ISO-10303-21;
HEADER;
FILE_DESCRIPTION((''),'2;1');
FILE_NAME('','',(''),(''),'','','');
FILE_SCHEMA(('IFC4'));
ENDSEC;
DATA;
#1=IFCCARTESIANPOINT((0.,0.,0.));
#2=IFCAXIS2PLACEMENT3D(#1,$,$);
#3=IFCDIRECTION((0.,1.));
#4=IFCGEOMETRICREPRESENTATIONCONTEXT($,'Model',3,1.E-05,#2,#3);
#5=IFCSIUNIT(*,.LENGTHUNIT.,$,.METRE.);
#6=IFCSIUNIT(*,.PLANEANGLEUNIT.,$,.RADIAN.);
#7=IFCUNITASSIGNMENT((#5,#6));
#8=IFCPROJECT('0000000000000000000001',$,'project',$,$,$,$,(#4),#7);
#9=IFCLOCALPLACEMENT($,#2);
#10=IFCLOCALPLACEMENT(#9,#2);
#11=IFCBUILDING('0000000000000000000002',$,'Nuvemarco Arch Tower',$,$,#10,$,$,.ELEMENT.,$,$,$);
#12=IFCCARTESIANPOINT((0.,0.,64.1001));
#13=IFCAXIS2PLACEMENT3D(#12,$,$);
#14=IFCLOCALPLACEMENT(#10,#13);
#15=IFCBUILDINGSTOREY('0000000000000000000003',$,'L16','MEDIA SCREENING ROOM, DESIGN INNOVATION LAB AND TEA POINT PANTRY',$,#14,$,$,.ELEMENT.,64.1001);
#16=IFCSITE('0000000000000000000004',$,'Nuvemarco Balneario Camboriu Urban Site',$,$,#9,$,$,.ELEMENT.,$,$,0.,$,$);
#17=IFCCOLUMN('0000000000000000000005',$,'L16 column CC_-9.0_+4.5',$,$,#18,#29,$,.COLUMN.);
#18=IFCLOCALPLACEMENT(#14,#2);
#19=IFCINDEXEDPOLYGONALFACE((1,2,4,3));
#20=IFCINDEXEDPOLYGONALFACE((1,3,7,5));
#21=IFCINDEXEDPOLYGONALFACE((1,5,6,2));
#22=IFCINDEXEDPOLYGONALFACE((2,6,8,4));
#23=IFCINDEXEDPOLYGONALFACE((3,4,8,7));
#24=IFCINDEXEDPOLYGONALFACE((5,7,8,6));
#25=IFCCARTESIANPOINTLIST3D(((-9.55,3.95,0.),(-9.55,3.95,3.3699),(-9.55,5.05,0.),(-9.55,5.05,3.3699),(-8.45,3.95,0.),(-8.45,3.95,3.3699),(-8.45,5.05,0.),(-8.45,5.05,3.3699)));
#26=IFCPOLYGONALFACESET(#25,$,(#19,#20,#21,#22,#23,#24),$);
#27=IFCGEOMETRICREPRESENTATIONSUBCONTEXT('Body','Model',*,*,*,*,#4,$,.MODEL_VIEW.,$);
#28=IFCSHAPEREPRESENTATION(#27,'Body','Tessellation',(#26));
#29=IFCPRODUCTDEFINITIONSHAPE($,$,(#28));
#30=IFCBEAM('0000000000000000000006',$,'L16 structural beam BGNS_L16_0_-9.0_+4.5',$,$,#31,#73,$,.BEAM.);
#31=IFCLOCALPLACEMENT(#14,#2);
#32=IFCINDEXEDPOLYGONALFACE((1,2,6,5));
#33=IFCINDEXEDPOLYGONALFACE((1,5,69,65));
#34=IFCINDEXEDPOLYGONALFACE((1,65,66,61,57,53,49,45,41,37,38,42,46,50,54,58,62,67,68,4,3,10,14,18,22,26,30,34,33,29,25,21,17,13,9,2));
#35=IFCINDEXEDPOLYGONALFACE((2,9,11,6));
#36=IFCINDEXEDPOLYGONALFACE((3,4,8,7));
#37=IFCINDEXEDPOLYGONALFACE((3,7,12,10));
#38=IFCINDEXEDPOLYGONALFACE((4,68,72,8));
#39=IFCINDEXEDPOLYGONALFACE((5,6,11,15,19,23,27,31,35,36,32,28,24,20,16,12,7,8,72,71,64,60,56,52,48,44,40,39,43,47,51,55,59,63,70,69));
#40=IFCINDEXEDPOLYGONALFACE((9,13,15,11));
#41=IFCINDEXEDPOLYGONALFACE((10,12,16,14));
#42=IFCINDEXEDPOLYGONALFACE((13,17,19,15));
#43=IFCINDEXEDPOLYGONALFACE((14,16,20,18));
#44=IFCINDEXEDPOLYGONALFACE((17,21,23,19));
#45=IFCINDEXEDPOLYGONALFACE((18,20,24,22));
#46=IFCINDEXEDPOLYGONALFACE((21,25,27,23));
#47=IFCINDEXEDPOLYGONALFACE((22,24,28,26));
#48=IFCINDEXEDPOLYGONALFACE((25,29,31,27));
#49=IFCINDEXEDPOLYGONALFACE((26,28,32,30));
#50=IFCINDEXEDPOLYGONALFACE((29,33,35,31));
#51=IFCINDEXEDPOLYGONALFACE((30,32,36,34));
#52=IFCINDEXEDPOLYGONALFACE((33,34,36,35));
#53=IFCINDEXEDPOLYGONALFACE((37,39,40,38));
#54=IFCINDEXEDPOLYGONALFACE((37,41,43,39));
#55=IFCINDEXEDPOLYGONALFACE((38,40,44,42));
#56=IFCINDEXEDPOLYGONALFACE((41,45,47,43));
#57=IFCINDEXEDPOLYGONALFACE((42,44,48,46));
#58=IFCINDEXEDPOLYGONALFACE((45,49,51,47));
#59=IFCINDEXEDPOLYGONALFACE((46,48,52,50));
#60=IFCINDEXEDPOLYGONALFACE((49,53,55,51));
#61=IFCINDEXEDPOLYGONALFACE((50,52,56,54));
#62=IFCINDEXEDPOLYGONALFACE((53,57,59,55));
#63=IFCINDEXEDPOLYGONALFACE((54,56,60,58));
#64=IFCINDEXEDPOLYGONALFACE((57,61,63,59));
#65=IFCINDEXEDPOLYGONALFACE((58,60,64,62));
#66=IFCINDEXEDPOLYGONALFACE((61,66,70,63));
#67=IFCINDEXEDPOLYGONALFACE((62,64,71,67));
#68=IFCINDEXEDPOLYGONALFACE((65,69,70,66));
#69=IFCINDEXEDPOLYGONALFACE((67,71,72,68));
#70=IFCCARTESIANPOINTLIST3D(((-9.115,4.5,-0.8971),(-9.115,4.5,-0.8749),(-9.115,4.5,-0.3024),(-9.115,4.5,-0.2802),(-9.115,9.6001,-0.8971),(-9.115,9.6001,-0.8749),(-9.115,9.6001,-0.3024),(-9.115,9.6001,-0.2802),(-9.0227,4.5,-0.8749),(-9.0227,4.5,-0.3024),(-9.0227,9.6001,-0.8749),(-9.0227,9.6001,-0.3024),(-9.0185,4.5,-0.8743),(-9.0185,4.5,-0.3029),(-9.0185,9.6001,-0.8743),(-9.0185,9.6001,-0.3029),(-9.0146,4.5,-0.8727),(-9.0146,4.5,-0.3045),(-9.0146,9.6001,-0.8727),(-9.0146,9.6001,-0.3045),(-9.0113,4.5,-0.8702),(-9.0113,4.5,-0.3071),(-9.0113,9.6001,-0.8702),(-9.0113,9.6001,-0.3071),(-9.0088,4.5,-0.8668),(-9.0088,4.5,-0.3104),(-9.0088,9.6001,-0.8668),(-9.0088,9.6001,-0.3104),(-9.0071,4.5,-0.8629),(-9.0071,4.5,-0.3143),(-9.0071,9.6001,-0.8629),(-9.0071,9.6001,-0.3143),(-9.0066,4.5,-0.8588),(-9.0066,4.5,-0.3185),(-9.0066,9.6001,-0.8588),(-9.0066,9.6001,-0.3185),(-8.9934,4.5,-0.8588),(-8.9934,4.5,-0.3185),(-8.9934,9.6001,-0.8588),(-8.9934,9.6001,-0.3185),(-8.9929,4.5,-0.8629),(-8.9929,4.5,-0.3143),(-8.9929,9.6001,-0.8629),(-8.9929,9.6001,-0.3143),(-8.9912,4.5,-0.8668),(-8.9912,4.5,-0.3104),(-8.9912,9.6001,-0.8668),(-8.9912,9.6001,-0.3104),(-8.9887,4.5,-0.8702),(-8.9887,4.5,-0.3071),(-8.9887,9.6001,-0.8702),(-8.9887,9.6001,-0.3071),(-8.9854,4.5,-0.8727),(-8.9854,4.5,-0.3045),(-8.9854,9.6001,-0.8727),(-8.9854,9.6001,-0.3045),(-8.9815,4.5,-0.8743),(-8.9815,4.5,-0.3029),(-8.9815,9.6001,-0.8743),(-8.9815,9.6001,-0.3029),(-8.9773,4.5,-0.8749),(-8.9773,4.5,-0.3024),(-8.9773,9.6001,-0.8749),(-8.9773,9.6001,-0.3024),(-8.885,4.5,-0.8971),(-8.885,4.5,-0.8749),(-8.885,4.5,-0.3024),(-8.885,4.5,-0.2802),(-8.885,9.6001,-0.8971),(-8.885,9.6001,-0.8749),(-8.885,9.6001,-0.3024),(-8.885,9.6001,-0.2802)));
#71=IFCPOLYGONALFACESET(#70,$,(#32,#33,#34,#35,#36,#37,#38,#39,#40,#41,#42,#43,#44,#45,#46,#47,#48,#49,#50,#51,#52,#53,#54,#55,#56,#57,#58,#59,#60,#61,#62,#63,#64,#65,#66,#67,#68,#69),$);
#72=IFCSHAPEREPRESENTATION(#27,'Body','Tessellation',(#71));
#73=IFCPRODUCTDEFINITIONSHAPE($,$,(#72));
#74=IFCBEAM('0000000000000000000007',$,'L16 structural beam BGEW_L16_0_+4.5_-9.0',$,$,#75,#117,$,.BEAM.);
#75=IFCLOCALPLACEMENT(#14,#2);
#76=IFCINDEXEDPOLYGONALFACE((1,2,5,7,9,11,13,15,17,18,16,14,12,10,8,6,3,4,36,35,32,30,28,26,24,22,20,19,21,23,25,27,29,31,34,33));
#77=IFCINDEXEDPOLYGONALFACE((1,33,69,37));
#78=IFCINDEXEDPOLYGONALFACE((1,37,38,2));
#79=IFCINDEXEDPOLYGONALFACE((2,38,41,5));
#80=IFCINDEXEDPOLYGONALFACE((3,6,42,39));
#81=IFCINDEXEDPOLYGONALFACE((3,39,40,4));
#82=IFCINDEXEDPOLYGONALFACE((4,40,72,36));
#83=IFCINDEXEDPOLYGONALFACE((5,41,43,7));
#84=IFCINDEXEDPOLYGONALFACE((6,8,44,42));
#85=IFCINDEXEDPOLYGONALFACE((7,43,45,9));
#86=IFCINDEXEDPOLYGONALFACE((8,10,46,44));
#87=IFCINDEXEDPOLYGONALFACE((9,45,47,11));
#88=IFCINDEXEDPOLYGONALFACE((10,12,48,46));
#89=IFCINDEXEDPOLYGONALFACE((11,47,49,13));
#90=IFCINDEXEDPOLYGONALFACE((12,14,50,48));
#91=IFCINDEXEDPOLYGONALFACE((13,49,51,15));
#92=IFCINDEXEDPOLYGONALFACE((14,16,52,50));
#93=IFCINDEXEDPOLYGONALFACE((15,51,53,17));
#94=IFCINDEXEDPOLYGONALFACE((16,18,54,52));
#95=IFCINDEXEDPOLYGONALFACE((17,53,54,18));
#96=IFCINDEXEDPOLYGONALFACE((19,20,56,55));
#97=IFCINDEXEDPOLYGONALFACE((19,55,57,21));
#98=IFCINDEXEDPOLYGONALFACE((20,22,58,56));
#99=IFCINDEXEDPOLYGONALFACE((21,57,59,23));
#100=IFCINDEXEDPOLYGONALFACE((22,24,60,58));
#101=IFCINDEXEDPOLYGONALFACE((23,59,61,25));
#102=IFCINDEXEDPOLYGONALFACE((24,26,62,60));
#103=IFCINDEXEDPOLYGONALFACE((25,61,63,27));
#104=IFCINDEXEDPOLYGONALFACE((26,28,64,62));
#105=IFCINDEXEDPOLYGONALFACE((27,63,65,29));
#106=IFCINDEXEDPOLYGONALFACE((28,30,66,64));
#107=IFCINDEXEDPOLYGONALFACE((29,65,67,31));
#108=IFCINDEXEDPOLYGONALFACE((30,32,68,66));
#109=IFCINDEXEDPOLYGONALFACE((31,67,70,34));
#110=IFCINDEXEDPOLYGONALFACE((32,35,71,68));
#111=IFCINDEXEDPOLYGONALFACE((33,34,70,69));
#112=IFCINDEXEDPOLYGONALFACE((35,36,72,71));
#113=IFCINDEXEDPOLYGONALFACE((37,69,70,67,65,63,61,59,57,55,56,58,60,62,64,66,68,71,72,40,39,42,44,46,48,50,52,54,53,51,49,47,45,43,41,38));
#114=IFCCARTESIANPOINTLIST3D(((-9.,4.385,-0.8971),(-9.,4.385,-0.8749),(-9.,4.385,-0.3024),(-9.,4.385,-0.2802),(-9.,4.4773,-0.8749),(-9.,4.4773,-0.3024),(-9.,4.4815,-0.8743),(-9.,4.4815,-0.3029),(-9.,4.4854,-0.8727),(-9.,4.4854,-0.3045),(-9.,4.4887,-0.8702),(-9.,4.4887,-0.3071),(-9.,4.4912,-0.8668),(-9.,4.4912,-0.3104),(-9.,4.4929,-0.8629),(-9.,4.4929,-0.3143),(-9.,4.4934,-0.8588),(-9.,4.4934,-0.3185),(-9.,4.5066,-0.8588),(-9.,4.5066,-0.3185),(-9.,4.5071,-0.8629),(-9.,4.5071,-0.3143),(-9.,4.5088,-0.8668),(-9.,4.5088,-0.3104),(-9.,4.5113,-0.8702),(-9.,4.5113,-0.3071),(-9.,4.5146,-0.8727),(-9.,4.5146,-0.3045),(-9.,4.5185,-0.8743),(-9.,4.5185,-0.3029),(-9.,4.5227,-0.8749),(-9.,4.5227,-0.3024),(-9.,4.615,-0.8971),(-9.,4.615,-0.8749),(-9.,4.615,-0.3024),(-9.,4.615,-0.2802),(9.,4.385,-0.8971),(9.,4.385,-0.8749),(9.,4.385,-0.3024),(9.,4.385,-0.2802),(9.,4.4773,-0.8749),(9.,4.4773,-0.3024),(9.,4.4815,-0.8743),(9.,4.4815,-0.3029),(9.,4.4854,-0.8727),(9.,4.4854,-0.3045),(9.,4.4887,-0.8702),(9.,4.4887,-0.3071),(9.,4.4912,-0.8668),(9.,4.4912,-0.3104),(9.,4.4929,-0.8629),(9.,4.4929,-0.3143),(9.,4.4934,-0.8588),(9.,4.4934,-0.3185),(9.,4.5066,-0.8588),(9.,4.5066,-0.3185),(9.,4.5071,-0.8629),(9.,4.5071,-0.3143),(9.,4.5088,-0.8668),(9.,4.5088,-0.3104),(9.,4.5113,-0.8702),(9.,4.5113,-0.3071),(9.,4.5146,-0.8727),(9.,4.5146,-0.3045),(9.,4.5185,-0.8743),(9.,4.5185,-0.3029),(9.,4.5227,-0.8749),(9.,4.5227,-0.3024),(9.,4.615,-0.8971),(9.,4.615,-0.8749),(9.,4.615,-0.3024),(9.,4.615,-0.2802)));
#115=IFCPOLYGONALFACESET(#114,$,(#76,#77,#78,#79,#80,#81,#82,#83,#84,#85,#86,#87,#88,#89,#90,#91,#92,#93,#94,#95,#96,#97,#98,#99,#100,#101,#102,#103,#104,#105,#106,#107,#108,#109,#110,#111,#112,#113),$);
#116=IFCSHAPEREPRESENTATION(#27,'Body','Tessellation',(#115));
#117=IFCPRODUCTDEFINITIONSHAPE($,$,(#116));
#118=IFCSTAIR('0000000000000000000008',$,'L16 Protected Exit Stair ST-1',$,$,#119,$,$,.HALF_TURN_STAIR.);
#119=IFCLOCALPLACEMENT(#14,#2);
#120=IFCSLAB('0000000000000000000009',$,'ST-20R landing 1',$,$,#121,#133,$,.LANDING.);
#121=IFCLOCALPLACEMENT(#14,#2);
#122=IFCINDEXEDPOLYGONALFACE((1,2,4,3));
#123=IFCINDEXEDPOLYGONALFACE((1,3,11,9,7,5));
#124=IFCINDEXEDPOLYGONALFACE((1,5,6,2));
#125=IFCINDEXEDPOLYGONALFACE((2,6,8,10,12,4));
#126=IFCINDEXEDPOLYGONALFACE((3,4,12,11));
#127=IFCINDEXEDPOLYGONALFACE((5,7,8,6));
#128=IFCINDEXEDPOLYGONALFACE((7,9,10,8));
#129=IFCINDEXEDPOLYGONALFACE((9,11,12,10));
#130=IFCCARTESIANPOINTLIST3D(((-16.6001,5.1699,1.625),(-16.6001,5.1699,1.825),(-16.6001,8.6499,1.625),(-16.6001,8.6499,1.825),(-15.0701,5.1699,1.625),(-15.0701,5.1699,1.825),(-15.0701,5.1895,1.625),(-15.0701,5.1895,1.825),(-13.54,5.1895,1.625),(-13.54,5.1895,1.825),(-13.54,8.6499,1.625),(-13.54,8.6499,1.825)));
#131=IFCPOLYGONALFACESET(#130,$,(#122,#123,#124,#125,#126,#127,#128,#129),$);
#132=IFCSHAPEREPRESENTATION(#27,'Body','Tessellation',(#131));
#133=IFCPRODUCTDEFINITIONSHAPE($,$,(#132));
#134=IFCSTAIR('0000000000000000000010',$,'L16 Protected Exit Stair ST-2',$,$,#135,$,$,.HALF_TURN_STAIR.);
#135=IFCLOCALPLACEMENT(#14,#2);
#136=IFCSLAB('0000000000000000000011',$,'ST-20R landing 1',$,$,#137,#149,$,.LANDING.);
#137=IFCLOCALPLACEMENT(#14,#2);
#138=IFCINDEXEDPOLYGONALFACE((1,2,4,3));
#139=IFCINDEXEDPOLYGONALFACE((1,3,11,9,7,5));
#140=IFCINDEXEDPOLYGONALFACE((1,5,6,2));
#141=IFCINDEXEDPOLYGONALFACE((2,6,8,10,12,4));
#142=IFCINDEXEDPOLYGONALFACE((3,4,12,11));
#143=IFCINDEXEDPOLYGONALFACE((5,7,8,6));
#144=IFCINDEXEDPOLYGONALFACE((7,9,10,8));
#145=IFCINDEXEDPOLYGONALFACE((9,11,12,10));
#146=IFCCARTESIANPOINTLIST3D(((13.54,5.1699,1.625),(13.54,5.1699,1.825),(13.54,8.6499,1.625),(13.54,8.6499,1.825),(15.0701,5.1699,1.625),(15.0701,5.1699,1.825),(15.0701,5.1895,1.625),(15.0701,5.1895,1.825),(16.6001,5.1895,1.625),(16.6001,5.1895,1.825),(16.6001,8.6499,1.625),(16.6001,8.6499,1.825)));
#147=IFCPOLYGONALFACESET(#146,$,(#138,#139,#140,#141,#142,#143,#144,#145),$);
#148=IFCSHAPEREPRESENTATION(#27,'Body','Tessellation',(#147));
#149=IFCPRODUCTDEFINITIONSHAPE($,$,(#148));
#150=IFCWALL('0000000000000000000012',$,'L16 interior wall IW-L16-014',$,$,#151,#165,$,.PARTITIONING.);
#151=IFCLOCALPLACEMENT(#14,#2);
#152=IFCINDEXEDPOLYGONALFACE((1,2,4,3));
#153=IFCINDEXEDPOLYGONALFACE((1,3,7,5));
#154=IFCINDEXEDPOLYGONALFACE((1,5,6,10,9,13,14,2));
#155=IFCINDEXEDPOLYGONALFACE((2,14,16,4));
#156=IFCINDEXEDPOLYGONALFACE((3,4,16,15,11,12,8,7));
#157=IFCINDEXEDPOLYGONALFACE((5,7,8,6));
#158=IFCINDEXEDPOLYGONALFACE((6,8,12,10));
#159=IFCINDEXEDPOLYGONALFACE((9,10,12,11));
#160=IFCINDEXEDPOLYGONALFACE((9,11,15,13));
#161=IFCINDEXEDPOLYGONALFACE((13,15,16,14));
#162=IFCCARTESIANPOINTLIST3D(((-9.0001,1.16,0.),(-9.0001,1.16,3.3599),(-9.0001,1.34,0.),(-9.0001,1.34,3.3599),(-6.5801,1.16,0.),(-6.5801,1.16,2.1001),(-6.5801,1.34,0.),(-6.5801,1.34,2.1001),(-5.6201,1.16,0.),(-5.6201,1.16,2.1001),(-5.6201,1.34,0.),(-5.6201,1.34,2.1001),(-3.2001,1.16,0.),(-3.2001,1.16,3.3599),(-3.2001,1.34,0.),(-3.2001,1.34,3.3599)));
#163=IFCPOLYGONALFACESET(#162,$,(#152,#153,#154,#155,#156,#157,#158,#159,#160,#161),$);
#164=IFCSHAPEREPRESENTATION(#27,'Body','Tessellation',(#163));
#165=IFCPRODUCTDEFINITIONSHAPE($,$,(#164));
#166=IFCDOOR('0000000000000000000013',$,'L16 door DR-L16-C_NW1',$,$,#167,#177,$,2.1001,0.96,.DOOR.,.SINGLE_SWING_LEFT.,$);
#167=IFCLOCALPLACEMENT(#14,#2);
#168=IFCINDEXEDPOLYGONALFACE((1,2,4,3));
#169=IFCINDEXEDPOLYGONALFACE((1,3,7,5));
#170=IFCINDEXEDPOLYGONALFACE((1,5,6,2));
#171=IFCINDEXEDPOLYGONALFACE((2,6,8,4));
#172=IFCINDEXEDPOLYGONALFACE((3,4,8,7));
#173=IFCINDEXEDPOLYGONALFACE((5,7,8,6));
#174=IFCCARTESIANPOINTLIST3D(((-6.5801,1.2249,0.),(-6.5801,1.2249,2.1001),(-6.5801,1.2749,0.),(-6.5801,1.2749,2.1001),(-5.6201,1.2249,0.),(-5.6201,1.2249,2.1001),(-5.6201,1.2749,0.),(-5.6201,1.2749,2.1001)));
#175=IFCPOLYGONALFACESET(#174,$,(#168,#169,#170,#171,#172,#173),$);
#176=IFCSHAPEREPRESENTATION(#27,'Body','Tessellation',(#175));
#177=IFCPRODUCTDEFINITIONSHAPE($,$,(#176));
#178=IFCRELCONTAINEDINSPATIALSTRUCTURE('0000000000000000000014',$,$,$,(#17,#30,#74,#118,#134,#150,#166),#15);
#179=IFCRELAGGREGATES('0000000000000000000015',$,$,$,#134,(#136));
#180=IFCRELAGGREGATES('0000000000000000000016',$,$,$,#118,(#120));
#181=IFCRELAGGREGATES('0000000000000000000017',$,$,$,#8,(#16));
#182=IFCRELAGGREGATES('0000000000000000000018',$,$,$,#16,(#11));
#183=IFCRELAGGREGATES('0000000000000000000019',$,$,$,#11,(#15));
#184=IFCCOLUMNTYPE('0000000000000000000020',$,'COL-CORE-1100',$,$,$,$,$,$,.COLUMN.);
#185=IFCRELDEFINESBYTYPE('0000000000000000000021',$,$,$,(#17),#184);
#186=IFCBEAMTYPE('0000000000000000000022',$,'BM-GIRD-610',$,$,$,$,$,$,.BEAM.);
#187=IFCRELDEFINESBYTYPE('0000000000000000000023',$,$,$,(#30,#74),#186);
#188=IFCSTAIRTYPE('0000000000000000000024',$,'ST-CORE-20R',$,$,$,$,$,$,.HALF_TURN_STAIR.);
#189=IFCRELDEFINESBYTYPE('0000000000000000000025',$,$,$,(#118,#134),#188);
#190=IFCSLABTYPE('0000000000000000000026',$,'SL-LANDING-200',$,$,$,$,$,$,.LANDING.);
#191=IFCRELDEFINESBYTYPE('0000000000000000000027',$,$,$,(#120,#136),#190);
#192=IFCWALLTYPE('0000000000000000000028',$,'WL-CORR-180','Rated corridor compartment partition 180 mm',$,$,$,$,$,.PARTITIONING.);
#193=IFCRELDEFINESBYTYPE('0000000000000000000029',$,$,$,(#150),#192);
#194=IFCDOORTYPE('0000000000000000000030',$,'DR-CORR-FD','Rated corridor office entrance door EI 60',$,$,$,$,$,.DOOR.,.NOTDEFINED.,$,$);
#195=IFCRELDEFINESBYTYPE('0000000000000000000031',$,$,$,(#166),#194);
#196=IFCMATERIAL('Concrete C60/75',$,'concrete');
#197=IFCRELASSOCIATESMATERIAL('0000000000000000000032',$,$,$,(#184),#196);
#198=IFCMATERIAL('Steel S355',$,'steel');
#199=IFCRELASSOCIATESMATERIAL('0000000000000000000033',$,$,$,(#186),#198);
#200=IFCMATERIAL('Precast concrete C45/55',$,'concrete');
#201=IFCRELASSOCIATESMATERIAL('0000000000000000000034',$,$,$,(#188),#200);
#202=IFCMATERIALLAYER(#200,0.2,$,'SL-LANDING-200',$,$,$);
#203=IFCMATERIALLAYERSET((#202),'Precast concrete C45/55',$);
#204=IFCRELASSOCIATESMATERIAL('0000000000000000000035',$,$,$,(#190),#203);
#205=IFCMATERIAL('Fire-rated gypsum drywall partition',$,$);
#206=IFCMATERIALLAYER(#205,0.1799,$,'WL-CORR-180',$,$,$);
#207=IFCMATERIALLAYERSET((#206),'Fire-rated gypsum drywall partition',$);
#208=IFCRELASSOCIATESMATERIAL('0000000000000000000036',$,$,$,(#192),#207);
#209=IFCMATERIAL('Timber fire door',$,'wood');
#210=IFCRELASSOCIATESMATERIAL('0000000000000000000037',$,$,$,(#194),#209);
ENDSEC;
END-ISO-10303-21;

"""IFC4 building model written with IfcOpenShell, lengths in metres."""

from ifc_helpers import new_model, si_unit, direction, frame, frame_2d, origin, origin_2d, place, context, subcontext, project, spatial, polyline, rectangle, i_section, outline, extrude, source, transform, mapped, material, layer, layer_set, material_profile, profile_set, type_object, type_shapes, element, fill, aggregate, save


model = new_model("IFC4")

# Units and contexts
model_context = context("Model", 3, precision=1e-05, world=origin(), true_north=direction((0.0, 1.0)))
body_context = subcontext(model_context, "Body", "Model", "MODEL_VIEW")
ifc_project = project(units=[si_unit("LENGTHUNIT", "METRE"), si_unit("PLANEANGLEUNIT", "RADIAN")], contexts=[model_context])

# Site, building, storey
site_placement = place(None, origin())
site = spatial("IfcSite", under=ifc_project, at=site_placement, Name="Nuvemarco Balneario Camboriu Urban Site", CompositionType="ELEMENT", RefElevation=0.0)
building_placement = place(site_placement, origin())
building = spatial("IfcBuilding", under=site, at=building_placement, Name="Nuvemarco Arch Tower", CompositionType="ELEMENT")
storey_placement = place(building_placement, frame((0.0, 0.0, 64.1001)))
storey = spatial("IfcBuildingStorey", under=building, at=storey_placement, Name="L16", Description="MEDIA SCREENING ROOM, DESIGN INNOVATION LAB AND TEA POINT PANTRY", CompositionType="ELEMENT", Elevation=64.1001)

# Column
ifc_material_1 = material(Name="Concrete C60/75", Category="concrete")
ifc_material_profile_1 = material_profile(ifc_material_1, rectangle(XDim=1.1001, YDim=1.1001, at=origin_2d()), Name="RC-COL-1100x1100")
ifc_profile_set_1 = profile_set([ifc_material_profile_1], Name="Concrete C60/75")
column_type = type_object("IfcColumnType", Name="COL-CORE-1100", PredefinedType="COLUMN", material=ifc_profile_set_1)
column_placement = place(storey_placement, frame((-9.0, 4.5, 0.0), z_axis=(0.0, 0.0, 1.0), x_axis=(1.0, 0.0, 0.0)))
element("IfcColumn", 1, at=column_placement, inside=storey, type_object=column_type, Name="L16 column CC_-9.0_+4.5", PredefinedType="COLUMN", context=body_context, shape_type="SweptSolid", body=[
    extrude(rectangle(XDim=1.1001, YDim=1.1001, at=origin_2d()), origin(), (0.0, 0.0, 1.0), 3.3699),
])

# Beams
ifc_material_2 = material(Name="Steel S355", Category="steel")
ifc_material_profile_2 = material_profile(ifc_material_2, i_section(OverallWidth=0.23, OverallDepth=0.6169, WebThickness=0.0132, FlangeThickness=0.0222, FilletRadius=0.0161, at=origin_2d()), Name="W610x140")
ifc_profile_set_2 = profile_set([ifc_material_profile_2], Name="Steel S355")
beam_type = type_object("IfcBeamType", Name="BM-GIRD-610", PredefinedType="BEAM", material=ifc_profile_set_2)
beam_1_placement = place(storey_placement, frame((-9.0, 4.5, -0.5886), z_axis=(0.0, 1.0, 0.0), x_axis=(-1.0, 0.0, 0.0)))
element("IfcBeam", 2, at=beam_1_placement, inside=storey, type_object=beam_type, Name="L16 structural beam BGNS_L16_0_-9.0_+4.5", PredefinedType="BEAM", context=body_context, shape_type="SweptSolid", body=[
    extrude(i_section(OverallWidth=0.23, OverallDepth=0.6169, WebThickness=0.0132, FlangeThickness=0.0222, FilletRadius=0.0161, at=origin_2d()), origin(), (0.0, 0.0, 1.0), 5.1001),
])
beam_2_placement = place(storey_placement, frame((-9.0, 4.5, -0.5886), z_axis=(1.0, 0.0, 0.0), x_axis=(0.0, 1.0, 0.0)))
element("IfcBeam", 3, at=beam_2_placement, inside=storey, type_object=beam_type, Name="L16 structural beam BGEW_L16_0_+4.5_-9.0", PredefinedType="BEAM", context=body_context, shape_type="SweptSolid", body=[
    extrude(i_section(OverallWidth=0.23, OverallDepth=0.6169, WebThickness=0.0132, FlangeThickness=0.0222, FilletRadius=0.0161, at=origin_2d()), origin(), (0.0, 0.0, 1.0), 18.0),
])

# Stairs, slabs
ifc_material_3 = material(Name="Precast concrete C45/55", Category="concrete")
stair_type = type_object("IfcStairType", Name="ST-CORE-20R", PredefinedType="HALF_TURN_STAIR", material=ifc_material_3)
stair_1_placement = place(storey_placement, origin())
stair_1 = element("IfcStair", 4, at=stair_1_placement, inside=storey, type_object=stair_type, Name="L16 Protected Exit Stair ST-1", PredefinedType="HALF_TURN_STAIR")
ifc_layer_1 = layer(ifc_material_3, 0.2, Name="SL-LANDING-200")
ifc_layer_set_1 = layer_set([ifc_layer_1], Name="Precast concrete C45/55")
slab_type = type_object("IfcSlabType", Name="SL-LANDING-200", PredefinedType="LANDING", material=ifc_layer_set_1)
slab_1_placement = place(storey_placement, frame((0.0, 0.0, 1.625)))
slab_1 = element("IfcSlab", 5, at=slab_1_placement, type_object=slab_type, Name="ST-20R landing 1", PredefinedType="LANDING", context=body_context, shape_type="SweptSolid", body=[
    extrude(outline(polyline([(-13.54, 5.1895), (-13.54, 8.6499), (-16.6001, 8.6499), (-16.6001, 5.1699), (-15.0701, 5.1699), (-15.0701, 5.1895), (-13.54, 5.1895)])), origin(), (0.0, 0.0, 1.0), 0.2),
])
stair_2_placement = place(storey_placement, origin())
stair_2 = element("IfcStair", 6, at=stair_2_placement, inside=storey, type_object=stair_type, Name="L16 Protected Exit Stair ST-2", PredefinedType="HALF_TURN_STAIR")
slab_2_placement = place(storey_placement, frame((0.0, 0.0, 1.625)))
slab_2 = element("IfcSlab", 7, at=slab_2_placement, type_object=slab_type, Name="ST-20R landing 1", PredefinedType="LANDING", context=body_context, shape_type="SweptSolid", body=[
    extrude(outline(polyline([(16.6001, 5.1895), (16.6001, 8.6499), (13.54, 8.6499), (13.54, 5.1699), (15.0701, 5.1699), (15.0701, 5.1895), (16.6001, 5.1895)])), origin(), (0.0, 0.0, 1.0), 0.2),
])
aggregate(stair_2, [slab_2])

# Wall, opening, door
ifc_material_4 = material(Name="Fire-rated gypsum drywall partition")
ifc_layer_2 = layer(ifc_material_4, 0.1799, Name="WL-CORR-180")
ifc_layer_set_2 = layer_set([ifc_layer_2], Name="Fire-rated gypsum drywall partition")
wall_type_1 = type_object("IfcWallType", Name="WL-CORR-180", Description="Rated corridor compartment partition 180 mm", PredefinedType="PARTITIONING", material=ifc_layer_set_2)
wall_1_placement = place(storey_placement, frame((-9.0, 1.25, 0.0), z_axis=(0.0, 0.0, 1.0), x_axis=(1.0, 0.0, 0.0)))
wall_1 = element("IfcWall", 8, at=wall_1_placement, inside=storey, type_object=wall_type_1, Name="L16 interior wall IW-L16-014", PredefinedType="PARTITIONING", context=body_context, shape_type="SweptSolid", body=[
    extrude(rectangle(XDim=5.8, YDim=0.1799, at=frame_2d((2.8999, 0.0))), origin(), (0.0, 0.0, 1.0), 3.3599),
])
opening_1_placement = place(wall_1_placement, frame((2.4199, 0.0, 0.0)))
opening_1 = element("IfcOpeningElement", 9, at=opening_1_placement, cuts=wall_1, PredefinedType="OPENING", context=body_context, shape_type="SweptSolid", body=[
    extrude(rectangle(XDim=0.96, YDim=2.1001, at=frame_2d((0.48, 1.05))), frame((0.0, 0.0999, 0.0), z_axis=(0.0, -1.0, 0.0), x_axis=(1.0, 0.0, 0.0)), (0.0, 0.0, 1.0), 0.2),
])
ifc_material_5 = material(Name="Timber fire door", Category="wood")
door_type_1 = type_object("IfcDoorType", Name="DR-CORR-FD", Description="Rated corridor office entrance door EI 60", OperationType="NOTDEFINED", PredefinedType="DOOR", material=ifc_material_5)
shared_shape_1 = source(origin(), body_context, "Body", "SweptSolid", [
    extrude(rectangle(XDim=0.96, YDim=2.1001, at=frame_2d((0.48, 1.05))), frame((0.0, 0.0249, 0.0), z_axis=(0.0, -1.0, 0.0), x_axis=(1.0, 0.0, 0.0)), (0.0, 0.0, 1.0), 0.05),
])
type_shapes(door_type_1, [shared_shape_1])
door_1_placement = place(opening_1_placement, origin())
door_1 = element("IfcDoor", 10, at=door_1_placement, inside=storey, type_object=door_type_1, Name="L16 door DR-L16-C_NW1", OperationType="SINGLE_SWING_LEFT", OverallHeight=2.1001, OverallWidth=0.96, PredefinedType="DOOR", context=body_context, shape_type="MappedRepresentation", body=[
    mapped(shared_shape_1, transform((0.0, 0.0, 0.0), scale=1.0)),
])
fill(opening_1, door_1)

aggregate(stair_1, [slab_1])

save(model, "model.ifc")
